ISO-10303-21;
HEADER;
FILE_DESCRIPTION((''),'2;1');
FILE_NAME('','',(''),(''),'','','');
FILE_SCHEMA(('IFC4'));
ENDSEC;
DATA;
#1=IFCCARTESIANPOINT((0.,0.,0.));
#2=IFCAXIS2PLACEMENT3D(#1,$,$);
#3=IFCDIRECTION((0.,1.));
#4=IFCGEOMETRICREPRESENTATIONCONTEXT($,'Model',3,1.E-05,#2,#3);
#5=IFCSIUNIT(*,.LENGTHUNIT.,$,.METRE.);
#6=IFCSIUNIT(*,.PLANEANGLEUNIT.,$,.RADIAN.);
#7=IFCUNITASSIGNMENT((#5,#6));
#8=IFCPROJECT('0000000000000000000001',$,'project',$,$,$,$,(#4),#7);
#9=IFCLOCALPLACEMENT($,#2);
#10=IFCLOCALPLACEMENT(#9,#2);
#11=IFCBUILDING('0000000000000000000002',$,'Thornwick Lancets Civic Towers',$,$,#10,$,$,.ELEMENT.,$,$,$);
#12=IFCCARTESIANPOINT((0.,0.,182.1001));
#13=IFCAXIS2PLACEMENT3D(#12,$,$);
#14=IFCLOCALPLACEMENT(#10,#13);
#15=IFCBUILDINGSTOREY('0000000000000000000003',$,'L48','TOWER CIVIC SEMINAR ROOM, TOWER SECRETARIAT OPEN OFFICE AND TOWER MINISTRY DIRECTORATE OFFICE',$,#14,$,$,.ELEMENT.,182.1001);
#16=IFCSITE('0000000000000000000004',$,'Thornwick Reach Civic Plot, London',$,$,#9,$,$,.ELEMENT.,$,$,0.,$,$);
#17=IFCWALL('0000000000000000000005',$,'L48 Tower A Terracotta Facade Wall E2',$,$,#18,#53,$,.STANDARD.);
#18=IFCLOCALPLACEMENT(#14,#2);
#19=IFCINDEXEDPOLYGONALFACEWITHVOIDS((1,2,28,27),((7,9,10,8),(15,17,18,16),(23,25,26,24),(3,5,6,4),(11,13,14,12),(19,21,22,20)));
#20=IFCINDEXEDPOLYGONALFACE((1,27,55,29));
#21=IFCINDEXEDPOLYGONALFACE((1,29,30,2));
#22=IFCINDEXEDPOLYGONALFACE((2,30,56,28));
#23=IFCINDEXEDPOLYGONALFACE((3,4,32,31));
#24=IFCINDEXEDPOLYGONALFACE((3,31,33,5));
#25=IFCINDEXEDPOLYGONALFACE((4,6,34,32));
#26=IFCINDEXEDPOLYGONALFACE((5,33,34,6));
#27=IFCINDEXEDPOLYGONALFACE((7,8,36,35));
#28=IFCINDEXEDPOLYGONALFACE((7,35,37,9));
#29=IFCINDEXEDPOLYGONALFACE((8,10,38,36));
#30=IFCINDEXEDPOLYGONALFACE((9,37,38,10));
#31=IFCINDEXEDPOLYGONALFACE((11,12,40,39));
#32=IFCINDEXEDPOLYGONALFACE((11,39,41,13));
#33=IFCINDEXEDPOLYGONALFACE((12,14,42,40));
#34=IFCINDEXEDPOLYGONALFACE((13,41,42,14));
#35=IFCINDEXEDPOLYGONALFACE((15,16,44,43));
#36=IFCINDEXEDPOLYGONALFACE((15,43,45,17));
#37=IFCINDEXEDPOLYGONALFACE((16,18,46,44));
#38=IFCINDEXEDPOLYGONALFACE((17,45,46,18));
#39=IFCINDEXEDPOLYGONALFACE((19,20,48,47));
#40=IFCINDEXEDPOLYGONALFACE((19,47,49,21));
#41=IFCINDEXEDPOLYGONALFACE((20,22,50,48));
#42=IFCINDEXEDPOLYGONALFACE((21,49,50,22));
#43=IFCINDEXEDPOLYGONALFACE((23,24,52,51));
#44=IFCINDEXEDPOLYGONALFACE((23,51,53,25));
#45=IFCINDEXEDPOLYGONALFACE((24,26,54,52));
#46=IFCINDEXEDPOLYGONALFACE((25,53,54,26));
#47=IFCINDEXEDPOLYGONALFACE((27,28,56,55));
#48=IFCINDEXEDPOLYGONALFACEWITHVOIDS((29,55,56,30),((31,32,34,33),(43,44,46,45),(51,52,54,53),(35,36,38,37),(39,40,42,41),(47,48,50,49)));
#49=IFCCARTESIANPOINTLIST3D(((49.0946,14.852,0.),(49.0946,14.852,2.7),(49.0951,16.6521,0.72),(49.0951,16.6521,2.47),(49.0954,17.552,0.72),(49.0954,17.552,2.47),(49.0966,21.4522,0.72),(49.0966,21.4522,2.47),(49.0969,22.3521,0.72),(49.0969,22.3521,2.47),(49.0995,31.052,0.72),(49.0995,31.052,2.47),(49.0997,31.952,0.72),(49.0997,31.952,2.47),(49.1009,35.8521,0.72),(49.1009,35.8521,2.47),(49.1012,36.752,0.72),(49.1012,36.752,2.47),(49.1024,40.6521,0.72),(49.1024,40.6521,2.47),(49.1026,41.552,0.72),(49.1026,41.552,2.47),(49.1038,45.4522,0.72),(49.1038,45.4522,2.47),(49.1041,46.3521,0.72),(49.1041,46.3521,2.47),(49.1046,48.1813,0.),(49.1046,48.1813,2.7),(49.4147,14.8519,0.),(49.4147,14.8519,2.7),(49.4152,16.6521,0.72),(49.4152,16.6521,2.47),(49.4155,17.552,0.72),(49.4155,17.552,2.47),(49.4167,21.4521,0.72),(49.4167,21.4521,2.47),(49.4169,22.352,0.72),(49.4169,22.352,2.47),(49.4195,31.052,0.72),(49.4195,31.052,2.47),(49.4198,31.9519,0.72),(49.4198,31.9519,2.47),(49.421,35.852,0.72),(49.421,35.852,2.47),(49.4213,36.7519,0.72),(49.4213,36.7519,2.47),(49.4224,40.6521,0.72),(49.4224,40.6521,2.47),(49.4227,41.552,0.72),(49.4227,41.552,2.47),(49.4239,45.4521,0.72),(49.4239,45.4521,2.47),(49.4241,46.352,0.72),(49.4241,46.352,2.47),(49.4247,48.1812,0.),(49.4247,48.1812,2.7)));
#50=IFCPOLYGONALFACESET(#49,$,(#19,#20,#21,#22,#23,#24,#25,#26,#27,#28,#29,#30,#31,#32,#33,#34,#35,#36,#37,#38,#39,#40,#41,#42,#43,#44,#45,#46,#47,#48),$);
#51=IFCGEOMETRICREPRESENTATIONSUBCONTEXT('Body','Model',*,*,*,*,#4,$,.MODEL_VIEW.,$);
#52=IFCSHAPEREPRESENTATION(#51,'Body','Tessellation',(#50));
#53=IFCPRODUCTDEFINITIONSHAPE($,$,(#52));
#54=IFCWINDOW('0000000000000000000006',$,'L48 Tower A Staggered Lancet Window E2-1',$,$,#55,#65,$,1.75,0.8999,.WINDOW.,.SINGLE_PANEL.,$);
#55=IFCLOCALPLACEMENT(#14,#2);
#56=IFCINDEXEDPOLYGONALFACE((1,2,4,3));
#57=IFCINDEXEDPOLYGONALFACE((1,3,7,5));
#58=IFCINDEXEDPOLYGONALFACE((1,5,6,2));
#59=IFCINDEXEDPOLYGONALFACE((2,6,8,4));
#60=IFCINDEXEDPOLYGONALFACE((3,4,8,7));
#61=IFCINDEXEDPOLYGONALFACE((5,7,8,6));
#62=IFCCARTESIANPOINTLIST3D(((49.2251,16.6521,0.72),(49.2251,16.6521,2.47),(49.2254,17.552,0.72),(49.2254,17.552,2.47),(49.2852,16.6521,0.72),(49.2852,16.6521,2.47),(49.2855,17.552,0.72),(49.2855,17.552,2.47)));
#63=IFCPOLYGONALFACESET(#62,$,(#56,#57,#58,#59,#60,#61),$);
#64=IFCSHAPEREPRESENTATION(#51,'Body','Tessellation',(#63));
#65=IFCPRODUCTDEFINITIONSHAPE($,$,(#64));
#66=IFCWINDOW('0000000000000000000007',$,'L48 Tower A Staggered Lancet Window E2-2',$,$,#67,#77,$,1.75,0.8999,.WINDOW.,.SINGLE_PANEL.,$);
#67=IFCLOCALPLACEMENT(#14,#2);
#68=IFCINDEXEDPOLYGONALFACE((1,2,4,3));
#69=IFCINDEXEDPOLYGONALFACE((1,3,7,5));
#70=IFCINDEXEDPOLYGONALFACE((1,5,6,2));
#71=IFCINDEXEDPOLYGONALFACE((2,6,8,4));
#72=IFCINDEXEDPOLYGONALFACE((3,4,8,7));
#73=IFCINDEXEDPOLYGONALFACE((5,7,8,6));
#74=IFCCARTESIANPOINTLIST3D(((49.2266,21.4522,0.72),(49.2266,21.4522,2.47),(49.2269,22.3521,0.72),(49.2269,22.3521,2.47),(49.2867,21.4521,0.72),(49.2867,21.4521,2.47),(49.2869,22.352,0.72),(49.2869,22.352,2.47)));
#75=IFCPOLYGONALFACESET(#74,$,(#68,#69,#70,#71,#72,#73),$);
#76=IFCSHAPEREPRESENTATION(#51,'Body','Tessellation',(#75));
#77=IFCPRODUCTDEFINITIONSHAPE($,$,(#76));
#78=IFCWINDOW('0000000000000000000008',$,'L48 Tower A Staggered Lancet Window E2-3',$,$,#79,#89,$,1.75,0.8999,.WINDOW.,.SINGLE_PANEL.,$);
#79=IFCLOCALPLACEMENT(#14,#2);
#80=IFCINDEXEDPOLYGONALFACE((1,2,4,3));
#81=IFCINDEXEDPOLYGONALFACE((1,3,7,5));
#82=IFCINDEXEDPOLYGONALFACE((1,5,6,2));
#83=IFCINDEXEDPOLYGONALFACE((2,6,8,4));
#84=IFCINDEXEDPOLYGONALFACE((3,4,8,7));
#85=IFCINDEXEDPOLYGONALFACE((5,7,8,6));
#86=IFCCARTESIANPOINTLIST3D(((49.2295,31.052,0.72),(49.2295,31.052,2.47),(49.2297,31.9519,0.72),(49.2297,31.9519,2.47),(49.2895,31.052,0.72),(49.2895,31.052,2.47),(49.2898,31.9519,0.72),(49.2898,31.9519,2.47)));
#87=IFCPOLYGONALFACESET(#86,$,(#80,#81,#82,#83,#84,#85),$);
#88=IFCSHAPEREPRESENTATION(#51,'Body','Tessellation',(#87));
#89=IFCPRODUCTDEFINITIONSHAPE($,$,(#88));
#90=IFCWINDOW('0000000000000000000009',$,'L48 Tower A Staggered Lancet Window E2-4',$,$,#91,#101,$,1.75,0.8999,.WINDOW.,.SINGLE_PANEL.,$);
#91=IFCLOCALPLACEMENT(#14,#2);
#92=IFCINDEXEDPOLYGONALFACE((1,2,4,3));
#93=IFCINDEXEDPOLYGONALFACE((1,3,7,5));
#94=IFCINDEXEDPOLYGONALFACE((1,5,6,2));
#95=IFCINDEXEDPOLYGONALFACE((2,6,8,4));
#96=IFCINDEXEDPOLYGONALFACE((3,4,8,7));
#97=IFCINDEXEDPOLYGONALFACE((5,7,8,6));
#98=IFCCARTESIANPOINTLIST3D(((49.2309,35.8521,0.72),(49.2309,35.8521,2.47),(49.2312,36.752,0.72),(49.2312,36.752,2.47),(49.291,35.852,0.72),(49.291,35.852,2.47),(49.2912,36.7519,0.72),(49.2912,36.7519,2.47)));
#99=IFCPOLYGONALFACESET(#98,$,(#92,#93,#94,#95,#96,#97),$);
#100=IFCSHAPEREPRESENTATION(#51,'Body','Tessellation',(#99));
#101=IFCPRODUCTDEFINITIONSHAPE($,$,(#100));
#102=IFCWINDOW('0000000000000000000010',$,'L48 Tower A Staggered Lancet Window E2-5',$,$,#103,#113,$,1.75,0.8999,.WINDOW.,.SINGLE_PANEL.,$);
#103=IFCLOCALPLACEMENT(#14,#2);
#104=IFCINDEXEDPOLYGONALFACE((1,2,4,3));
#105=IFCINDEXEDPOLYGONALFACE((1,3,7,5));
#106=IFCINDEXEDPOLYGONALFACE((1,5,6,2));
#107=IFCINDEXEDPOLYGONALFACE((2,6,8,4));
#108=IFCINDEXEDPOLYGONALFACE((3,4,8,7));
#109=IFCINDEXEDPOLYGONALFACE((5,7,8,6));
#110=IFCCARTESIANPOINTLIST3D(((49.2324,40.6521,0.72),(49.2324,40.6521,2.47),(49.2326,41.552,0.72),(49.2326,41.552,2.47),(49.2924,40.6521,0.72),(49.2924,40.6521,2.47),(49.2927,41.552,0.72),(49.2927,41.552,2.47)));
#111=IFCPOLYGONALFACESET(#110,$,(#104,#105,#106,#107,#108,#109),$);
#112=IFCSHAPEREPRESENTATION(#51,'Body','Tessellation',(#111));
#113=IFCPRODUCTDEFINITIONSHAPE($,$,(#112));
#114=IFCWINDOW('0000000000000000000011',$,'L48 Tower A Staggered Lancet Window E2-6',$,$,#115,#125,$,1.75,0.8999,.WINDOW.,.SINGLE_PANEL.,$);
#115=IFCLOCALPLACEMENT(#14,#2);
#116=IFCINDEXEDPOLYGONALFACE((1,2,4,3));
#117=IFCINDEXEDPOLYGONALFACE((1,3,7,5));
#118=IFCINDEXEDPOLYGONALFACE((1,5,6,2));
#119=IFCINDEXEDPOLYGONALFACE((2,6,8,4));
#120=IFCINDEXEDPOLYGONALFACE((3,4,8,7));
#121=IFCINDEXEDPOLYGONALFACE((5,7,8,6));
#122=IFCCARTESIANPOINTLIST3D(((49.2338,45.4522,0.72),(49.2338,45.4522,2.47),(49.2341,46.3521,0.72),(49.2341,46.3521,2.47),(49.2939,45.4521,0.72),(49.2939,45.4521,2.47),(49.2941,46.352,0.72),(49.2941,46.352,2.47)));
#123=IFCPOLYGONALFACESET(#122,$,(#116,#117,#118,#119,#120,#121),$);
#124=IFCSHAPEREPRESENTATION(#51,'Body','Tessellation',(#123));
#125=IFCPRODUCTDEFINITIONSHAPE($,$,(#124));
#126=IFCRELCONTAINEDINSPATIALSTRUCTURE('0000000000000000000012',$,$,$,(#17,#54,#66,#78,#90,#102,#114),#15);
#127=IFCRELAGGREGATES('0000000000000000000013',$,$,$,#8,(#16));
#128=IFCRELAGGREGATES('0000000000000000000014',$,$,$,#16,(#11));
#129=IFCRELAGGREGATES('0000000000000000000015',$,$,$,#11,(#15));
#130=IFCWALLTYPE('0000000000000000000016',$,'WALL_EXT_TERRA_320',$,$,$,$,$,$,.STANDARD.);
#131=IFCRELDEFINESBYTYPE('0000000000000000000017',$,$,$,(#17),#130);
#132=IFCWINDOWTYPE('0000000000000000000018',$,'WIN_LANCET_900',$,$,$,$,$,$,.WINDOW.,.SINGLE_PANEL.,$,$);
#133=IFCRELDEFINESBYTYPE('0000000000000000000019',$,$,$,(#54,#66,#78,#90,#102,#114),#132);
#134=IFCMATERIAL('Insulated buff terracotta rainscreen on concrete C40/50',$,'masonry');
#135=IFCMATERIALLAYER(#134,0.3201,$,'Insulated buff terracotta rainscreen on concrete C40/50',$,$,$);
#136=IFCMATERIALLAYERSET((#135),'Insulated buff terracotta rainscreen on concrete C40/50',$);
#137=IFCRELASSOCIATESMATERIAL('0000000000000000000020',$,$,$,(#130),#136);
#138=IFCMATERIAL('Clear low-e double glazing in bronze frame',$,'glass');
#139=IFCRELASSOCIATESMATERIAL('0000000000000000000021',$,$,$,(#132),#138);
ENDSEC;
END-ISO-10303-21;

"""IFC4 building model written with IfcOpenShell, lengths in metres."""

from ifc_helpers import new_model, si_unit, direction, frame, frame_2d, origin, place, context, subcontext, project, spatial, rectangle, extrude, material, layer, layer_set, type_object, element, fill, save


model = new_model("IFC4")

# Units and contexts
model_context = context("Model", 3, precision=1e-05, world=origin(), true_north=direction((0.0, 1.0)))
body_context = subcontext(model_context, "Body", "Model", "MODEL_VIEW")
ifc_project = project(units=[si_unit("LENGTHUNIT", "METRE"), si_unit("PLANEANGLEUNIT", "RADIAN")], contexts=[model_context])

# Site, building, storey
site_placement = place(None, origin())
site = spatial("IfcSite", under=ifc_project, at=site_placement, Name="Thornwick Reach Civic Plot, London", CompositionType="ELEMENT", RefElevation=0.0)
building_placement = place(site_placement, origin())
building = spatial("IfcBuilding", under=site, at=building_placement, Name="Thornwick Lancets Civic Towers", CompositionType="ELEMENT")
storey_placement = place(building_placement, frame((0.0, 0.0, 182.1001)))
storey = spatial("IfcBuildingStorey", under=building, at=storey_placement, Name="L48", Description="TOWER CIVIC SEMINAR ROOM, TOWER SECRETARIAT OPEN OFFICE AND TOWER MINISTRY DIRECTORATE OFFICE", CompositionType="ELEMENT", Elevation=182.1001)

# Wall, openings, windows
ifc_material_1 = material(Name="Insulated buff terracotta rainscreen on concrete C40/50", Category="masonry")
ifc_layer_1 = layer(ifc_material_1, 0.3201, Name="Insulated buff terracotta rainscreen on concrete C40/50")
ifc_layer_set_1 = layer_set([ifc_layer_1], Name="Insulated buff terracotta rainscreen on concrete C40/50")
wall_type_1 = type_object("IfcWallType", Name="WALL_EXT_TERRA_320", PredefinedType="STANDARD", material=ifc_layer_set_1)
wall_1_placement = place(storey_placement, frame((49.2546, 14.8521, 0.0), z_axis=(0.0, 0.0, 1.0), x_axis=(0.0003, 1.0, 0.0)))
wall_1 = element("IfcWall", 1, at=wall_1_placement, inside=storey, type_object=wall_type_1, Name="L48 Tower A Terracotta Facade Wall E2", PredefinedType="STANDARD", context=body_context, shape_type="SweptSolid", body=[
    extrude(rectangle(XDim=33.3293, YDim=0.3201, at=frame_2d((16.6646, 0.0))), origin(), (0.0, 0.0, 1.0), 2.7),
])
opening_1_placement = place(wall_1_placement, frame((1.8, 0.0, 0.72)))
opening_1 = element("IfcOpeningElement", 2, at=opening_1_placement, cuts=wall_1, PredefinedType="OPENING", context=body_context, shape_type="SweptSolid", body=[
    extrude(rectangle(XDim=0.8999, YDim=1.75, at=frame_2d((0.45, 0.875))), frame((0.0, 0.1699, 0.0), z_axis=(0.0, -1.0, 0.0), x_axis=(1.0, 0.0, 0.0)), (0.0, 0.0, 1.0), 0.3401),
])
opening_2_placement = place(wall_1_placement, frame((6.6001, 0.0, 0.72)))
opening_2 = element("IfcOpeningElement", 3, at=opening_2_placement, cuts=wall_1, PredefinedType="OPENING", context=body_context, shape_type="SweptSolid", body=[
    extrude(rectangle(XDim=0.8999, YDim=1.75, at=frame_2d((0.45, 0.875))), frame((0.0, 0.1699, 0.0), z_axis=(0.0, -1.0, 0.0), x_axis=(1.0, 0.0, 0.0)), (0.0, 0.0, 1.0), 0.3401),
])
opening_3_placement = place(wall_1_placement, frame((16.2, 0.0, 0.72)))
opening_3 = element("IfcOpeningElement", 4, at=opening_3_placement, cuts=wall_1, PredefinedType="OPENING", context=body_context, shape_type="SweptSolid", body=[
    extrude(rectangle(XDim=0.8999, YDim=1.75, at=frame_2d((0.45, 0.875))), frame((0.0, 0.1699, 0.0), z_axis=(0.0, -1.0, 0.0), x_axis=(1.0, 0.0, 0.0)), (0.0, 0.0, 1.0), 0.3401),
])
opening_4_placement = place(wall_1_placement, frame((21.0, 0.0, 0.72)))
opening_4 = element("IfcOpeningElement", 5, at=opening_4_placement, cuts=wall_1, PredefinedType="OPENING", context=body_context, shape_type="SweptSolid", body=[
    extrude(rectangle(XDim=0.8999, YDim=1.75, at=frame_2d((0.45, 0.875))), frame((0.0, 0.1699, 0.0), z_axis=(0.0, -1.0, 0.0), x_axis=(1.0, 0.0, 0.0)), (0.0, 0.0, 1.0), 0.3401),
])
opening_5_placement = place(wall_1_placement, frame((25.8, 0.0, 0.72)))
opening_5 = element("IfcOpeningElement", 6, at=opening_5_placement, cuts=wall_1, PredefinedType="OPENING", context=body_context, shape_type="SweptSolid", body=[
    extrude(rectangle(XDim=0.8999, YDim=1.75, at=frame_2d((0.45, 0.875))), frame((0.0, 0.1699, 0.0), z_axis=(0.0, -1.0, 0.0), x_axis=(1.0, 0.0, 0.0)), (0.0, 0.0, 1.0), 0.3401),
])
opening_6_placement = place(wall_1_placement, frame((30.6001, 0.0, 0.72)))
opening_6 = element("IfcOpeningElement", 7, at=opening_6_placement, cuts=wall_1, PredefinedType="OPENING", context=body_context, shape_type="SweptSolid", body=[
    extrude(rectangle(XDim=0.8999, YDim=1.75, at=frame_2d((0.45, 0.875))), frame((0.0, 0.1699, 0.0), z_axis=(0.0, -1.0, 0.0), x_axis=(1.0, 0.0, 0.0)), (0.0, 0.0, 1.0), 0.3401),
])
ifc_material_2 = material(Name="Clear low-e double glazing in bronze frame", Category="glass")
window_type = type_object("IfcWindowType", Name="WIN_LANCET_900", PartitioningType="SINGLE_PANEL", PredefinedType="WINDOW", material=ifc_material_2)
window_1_placement = place(opening_1_placement, origin())
window_1 = element("IfcWindow", 8, at=window_1_placement, inside=storey, type_object=window_type, Name="L48 Tower A Staggered Lancet Window E2-1", OverallHeight=1.75, OverallWidth=0.8999, PartitioningType="SINGLE_PANEL", PredefinedType="WINDOW", context=body_context, shape_type="SweptSolid", body=[
    extrude(rectangle(XDim=0.8999, YDim=1.75, at=frame_2d((0.45, 0.875))), frame((0.0, 0.03, 0.0), z_axis=(0.0, -1.0, 0.0), x_axis=(1.0, 0.0, 0.0)), (0.0, 0.0, 1.0), 0.0601),
])
fill(opening_1, window_1)
window_2_placement = place(opening_2_placement, origin())
window_2 = element("IfcWindow", 9, at=window_2_placement, inside=storey, type_object=window_type, Name="L48 Tower A Staggered Lancet Window E2-2", OverallHeight=1.75, OverallWidth=0.8999, PartitioningType="SINGLE_PANEL", PredefinedType="WINDOW", context=body_context, shape_type="SweptSolid", body=[
    extrude(rectangle(XDim=0.8999, YDim=1.75, at=frame_2d((0.45, 0.875))), frame((0.0, 0.03, 0.0), z_axis=(0.0, -1.0, 0.0), x_axis=(1.0, 0.0, 0.0)), (0.0, 0.0, 1.0), 0.0601),
])
fill(opening_2, window_2)
window_3_placement = place(opening_3_placement, origin())
window_3 = element("IfcWindow", 10, at=window_3_placement, inside=storey, type_object=window_type, Name="L48 Tower A Staggered Lancet Window E2-3", OverallHeight=1.75, OverallWidth=0.8999, PartitioningType="SINGLE_PANEL", PredefinedType="WINDOW", context=body_context, shape_type="SweptSolid", body=[
    extrude(rectangle(XDim=0.8999, YDim=1.75, at=frame_2d((0.45, 0.875))), frame((0.0, 0.03, 0.0), z_axis=(0.0, -1.0, 0.0), x_axis=(1.0, 0.0, 0.0)), (0.0, 0.0, 1.0), 0.0601),
])
fill(opening_3, window_3)
window_4_placement = place(opening_4_placement, origin())
window_4 = element("IfcWindow", 11, at=window_4_placement, inside=storey, type_object=window_type, Name="L48 Tower A Staggered Lancet Window E2-4", OverallHeight=1.75, OverallWidth=0.8999, PartitioningType="SINGLE_PANEL", PredefinedType="WINDOW", context=body_context, shape_type="SweptSolid", body=[
    extrude(rectangle(XDim=0.8999, YDim=1.75, at=frame_2d((0.45, 0.875))), frame((0.0, 0.03, 0.0), z_axis=(0.0, -1.0, 0.0), x_axis=(1.0, 0.0, 0.0)), (0.0, 0.0, 1.0), 0.0601),
])
fill(opening_4, window_4)
window_5_placement = place(opening_5_placement, origin())
window_5 = element("IfcWindow", 12, at=window_5_placement, inside=storey, type_object=window_type, Name="L48 Tower A Staggered Lancet Window E2-5", OverallHeight=1.75, OverallWidth=0.8999, PartitioningType="SINGLE_PANEL", PredefinedType="WINDOW", context=body_context, shape_type="SweptSolid", body=[
    extrude(rectangle(XDim=0.8999, YDim=1.75, at=frame_2d((0.45, 0.875))), frame((0.0, 0.03, 0.0), z_axis=(0.0, -1.0, 0.0), x_axis=(1.0, 0.0, 0.0)), (0.0, 0.0, 1.0), 0.0601),
])
fill(opening_5, window_5)
window_6_placement = place(opening_6_placement, origin())
window_6 = element("IfcWindow", 13, at=window_6_placement, inside=storey, type_object=window_type, Name="L48 Tower A Staggered Lancet Window E2-6", OverallHeight=1.75, OverallWidth=0.8999, PartitioningType="SINGLE_PANEL", PredefinedType="WINDOW", context=body_context, shape_type="SweptSolid", body=[
    extrude(rectangle(XDim=0.8999, YDim=1.75, at=frame_2d((0.45, 0.875))), frame((0.0, 0.03, 0.0), z_axis=(0.0, -1.0, 0.0), x_axis=(1.0, 0.0, 0.0)), (0.0, 0.0, 1.0), 0.0601),
])
fill(opening_6, window_6)

save(model, "model.ifc")
